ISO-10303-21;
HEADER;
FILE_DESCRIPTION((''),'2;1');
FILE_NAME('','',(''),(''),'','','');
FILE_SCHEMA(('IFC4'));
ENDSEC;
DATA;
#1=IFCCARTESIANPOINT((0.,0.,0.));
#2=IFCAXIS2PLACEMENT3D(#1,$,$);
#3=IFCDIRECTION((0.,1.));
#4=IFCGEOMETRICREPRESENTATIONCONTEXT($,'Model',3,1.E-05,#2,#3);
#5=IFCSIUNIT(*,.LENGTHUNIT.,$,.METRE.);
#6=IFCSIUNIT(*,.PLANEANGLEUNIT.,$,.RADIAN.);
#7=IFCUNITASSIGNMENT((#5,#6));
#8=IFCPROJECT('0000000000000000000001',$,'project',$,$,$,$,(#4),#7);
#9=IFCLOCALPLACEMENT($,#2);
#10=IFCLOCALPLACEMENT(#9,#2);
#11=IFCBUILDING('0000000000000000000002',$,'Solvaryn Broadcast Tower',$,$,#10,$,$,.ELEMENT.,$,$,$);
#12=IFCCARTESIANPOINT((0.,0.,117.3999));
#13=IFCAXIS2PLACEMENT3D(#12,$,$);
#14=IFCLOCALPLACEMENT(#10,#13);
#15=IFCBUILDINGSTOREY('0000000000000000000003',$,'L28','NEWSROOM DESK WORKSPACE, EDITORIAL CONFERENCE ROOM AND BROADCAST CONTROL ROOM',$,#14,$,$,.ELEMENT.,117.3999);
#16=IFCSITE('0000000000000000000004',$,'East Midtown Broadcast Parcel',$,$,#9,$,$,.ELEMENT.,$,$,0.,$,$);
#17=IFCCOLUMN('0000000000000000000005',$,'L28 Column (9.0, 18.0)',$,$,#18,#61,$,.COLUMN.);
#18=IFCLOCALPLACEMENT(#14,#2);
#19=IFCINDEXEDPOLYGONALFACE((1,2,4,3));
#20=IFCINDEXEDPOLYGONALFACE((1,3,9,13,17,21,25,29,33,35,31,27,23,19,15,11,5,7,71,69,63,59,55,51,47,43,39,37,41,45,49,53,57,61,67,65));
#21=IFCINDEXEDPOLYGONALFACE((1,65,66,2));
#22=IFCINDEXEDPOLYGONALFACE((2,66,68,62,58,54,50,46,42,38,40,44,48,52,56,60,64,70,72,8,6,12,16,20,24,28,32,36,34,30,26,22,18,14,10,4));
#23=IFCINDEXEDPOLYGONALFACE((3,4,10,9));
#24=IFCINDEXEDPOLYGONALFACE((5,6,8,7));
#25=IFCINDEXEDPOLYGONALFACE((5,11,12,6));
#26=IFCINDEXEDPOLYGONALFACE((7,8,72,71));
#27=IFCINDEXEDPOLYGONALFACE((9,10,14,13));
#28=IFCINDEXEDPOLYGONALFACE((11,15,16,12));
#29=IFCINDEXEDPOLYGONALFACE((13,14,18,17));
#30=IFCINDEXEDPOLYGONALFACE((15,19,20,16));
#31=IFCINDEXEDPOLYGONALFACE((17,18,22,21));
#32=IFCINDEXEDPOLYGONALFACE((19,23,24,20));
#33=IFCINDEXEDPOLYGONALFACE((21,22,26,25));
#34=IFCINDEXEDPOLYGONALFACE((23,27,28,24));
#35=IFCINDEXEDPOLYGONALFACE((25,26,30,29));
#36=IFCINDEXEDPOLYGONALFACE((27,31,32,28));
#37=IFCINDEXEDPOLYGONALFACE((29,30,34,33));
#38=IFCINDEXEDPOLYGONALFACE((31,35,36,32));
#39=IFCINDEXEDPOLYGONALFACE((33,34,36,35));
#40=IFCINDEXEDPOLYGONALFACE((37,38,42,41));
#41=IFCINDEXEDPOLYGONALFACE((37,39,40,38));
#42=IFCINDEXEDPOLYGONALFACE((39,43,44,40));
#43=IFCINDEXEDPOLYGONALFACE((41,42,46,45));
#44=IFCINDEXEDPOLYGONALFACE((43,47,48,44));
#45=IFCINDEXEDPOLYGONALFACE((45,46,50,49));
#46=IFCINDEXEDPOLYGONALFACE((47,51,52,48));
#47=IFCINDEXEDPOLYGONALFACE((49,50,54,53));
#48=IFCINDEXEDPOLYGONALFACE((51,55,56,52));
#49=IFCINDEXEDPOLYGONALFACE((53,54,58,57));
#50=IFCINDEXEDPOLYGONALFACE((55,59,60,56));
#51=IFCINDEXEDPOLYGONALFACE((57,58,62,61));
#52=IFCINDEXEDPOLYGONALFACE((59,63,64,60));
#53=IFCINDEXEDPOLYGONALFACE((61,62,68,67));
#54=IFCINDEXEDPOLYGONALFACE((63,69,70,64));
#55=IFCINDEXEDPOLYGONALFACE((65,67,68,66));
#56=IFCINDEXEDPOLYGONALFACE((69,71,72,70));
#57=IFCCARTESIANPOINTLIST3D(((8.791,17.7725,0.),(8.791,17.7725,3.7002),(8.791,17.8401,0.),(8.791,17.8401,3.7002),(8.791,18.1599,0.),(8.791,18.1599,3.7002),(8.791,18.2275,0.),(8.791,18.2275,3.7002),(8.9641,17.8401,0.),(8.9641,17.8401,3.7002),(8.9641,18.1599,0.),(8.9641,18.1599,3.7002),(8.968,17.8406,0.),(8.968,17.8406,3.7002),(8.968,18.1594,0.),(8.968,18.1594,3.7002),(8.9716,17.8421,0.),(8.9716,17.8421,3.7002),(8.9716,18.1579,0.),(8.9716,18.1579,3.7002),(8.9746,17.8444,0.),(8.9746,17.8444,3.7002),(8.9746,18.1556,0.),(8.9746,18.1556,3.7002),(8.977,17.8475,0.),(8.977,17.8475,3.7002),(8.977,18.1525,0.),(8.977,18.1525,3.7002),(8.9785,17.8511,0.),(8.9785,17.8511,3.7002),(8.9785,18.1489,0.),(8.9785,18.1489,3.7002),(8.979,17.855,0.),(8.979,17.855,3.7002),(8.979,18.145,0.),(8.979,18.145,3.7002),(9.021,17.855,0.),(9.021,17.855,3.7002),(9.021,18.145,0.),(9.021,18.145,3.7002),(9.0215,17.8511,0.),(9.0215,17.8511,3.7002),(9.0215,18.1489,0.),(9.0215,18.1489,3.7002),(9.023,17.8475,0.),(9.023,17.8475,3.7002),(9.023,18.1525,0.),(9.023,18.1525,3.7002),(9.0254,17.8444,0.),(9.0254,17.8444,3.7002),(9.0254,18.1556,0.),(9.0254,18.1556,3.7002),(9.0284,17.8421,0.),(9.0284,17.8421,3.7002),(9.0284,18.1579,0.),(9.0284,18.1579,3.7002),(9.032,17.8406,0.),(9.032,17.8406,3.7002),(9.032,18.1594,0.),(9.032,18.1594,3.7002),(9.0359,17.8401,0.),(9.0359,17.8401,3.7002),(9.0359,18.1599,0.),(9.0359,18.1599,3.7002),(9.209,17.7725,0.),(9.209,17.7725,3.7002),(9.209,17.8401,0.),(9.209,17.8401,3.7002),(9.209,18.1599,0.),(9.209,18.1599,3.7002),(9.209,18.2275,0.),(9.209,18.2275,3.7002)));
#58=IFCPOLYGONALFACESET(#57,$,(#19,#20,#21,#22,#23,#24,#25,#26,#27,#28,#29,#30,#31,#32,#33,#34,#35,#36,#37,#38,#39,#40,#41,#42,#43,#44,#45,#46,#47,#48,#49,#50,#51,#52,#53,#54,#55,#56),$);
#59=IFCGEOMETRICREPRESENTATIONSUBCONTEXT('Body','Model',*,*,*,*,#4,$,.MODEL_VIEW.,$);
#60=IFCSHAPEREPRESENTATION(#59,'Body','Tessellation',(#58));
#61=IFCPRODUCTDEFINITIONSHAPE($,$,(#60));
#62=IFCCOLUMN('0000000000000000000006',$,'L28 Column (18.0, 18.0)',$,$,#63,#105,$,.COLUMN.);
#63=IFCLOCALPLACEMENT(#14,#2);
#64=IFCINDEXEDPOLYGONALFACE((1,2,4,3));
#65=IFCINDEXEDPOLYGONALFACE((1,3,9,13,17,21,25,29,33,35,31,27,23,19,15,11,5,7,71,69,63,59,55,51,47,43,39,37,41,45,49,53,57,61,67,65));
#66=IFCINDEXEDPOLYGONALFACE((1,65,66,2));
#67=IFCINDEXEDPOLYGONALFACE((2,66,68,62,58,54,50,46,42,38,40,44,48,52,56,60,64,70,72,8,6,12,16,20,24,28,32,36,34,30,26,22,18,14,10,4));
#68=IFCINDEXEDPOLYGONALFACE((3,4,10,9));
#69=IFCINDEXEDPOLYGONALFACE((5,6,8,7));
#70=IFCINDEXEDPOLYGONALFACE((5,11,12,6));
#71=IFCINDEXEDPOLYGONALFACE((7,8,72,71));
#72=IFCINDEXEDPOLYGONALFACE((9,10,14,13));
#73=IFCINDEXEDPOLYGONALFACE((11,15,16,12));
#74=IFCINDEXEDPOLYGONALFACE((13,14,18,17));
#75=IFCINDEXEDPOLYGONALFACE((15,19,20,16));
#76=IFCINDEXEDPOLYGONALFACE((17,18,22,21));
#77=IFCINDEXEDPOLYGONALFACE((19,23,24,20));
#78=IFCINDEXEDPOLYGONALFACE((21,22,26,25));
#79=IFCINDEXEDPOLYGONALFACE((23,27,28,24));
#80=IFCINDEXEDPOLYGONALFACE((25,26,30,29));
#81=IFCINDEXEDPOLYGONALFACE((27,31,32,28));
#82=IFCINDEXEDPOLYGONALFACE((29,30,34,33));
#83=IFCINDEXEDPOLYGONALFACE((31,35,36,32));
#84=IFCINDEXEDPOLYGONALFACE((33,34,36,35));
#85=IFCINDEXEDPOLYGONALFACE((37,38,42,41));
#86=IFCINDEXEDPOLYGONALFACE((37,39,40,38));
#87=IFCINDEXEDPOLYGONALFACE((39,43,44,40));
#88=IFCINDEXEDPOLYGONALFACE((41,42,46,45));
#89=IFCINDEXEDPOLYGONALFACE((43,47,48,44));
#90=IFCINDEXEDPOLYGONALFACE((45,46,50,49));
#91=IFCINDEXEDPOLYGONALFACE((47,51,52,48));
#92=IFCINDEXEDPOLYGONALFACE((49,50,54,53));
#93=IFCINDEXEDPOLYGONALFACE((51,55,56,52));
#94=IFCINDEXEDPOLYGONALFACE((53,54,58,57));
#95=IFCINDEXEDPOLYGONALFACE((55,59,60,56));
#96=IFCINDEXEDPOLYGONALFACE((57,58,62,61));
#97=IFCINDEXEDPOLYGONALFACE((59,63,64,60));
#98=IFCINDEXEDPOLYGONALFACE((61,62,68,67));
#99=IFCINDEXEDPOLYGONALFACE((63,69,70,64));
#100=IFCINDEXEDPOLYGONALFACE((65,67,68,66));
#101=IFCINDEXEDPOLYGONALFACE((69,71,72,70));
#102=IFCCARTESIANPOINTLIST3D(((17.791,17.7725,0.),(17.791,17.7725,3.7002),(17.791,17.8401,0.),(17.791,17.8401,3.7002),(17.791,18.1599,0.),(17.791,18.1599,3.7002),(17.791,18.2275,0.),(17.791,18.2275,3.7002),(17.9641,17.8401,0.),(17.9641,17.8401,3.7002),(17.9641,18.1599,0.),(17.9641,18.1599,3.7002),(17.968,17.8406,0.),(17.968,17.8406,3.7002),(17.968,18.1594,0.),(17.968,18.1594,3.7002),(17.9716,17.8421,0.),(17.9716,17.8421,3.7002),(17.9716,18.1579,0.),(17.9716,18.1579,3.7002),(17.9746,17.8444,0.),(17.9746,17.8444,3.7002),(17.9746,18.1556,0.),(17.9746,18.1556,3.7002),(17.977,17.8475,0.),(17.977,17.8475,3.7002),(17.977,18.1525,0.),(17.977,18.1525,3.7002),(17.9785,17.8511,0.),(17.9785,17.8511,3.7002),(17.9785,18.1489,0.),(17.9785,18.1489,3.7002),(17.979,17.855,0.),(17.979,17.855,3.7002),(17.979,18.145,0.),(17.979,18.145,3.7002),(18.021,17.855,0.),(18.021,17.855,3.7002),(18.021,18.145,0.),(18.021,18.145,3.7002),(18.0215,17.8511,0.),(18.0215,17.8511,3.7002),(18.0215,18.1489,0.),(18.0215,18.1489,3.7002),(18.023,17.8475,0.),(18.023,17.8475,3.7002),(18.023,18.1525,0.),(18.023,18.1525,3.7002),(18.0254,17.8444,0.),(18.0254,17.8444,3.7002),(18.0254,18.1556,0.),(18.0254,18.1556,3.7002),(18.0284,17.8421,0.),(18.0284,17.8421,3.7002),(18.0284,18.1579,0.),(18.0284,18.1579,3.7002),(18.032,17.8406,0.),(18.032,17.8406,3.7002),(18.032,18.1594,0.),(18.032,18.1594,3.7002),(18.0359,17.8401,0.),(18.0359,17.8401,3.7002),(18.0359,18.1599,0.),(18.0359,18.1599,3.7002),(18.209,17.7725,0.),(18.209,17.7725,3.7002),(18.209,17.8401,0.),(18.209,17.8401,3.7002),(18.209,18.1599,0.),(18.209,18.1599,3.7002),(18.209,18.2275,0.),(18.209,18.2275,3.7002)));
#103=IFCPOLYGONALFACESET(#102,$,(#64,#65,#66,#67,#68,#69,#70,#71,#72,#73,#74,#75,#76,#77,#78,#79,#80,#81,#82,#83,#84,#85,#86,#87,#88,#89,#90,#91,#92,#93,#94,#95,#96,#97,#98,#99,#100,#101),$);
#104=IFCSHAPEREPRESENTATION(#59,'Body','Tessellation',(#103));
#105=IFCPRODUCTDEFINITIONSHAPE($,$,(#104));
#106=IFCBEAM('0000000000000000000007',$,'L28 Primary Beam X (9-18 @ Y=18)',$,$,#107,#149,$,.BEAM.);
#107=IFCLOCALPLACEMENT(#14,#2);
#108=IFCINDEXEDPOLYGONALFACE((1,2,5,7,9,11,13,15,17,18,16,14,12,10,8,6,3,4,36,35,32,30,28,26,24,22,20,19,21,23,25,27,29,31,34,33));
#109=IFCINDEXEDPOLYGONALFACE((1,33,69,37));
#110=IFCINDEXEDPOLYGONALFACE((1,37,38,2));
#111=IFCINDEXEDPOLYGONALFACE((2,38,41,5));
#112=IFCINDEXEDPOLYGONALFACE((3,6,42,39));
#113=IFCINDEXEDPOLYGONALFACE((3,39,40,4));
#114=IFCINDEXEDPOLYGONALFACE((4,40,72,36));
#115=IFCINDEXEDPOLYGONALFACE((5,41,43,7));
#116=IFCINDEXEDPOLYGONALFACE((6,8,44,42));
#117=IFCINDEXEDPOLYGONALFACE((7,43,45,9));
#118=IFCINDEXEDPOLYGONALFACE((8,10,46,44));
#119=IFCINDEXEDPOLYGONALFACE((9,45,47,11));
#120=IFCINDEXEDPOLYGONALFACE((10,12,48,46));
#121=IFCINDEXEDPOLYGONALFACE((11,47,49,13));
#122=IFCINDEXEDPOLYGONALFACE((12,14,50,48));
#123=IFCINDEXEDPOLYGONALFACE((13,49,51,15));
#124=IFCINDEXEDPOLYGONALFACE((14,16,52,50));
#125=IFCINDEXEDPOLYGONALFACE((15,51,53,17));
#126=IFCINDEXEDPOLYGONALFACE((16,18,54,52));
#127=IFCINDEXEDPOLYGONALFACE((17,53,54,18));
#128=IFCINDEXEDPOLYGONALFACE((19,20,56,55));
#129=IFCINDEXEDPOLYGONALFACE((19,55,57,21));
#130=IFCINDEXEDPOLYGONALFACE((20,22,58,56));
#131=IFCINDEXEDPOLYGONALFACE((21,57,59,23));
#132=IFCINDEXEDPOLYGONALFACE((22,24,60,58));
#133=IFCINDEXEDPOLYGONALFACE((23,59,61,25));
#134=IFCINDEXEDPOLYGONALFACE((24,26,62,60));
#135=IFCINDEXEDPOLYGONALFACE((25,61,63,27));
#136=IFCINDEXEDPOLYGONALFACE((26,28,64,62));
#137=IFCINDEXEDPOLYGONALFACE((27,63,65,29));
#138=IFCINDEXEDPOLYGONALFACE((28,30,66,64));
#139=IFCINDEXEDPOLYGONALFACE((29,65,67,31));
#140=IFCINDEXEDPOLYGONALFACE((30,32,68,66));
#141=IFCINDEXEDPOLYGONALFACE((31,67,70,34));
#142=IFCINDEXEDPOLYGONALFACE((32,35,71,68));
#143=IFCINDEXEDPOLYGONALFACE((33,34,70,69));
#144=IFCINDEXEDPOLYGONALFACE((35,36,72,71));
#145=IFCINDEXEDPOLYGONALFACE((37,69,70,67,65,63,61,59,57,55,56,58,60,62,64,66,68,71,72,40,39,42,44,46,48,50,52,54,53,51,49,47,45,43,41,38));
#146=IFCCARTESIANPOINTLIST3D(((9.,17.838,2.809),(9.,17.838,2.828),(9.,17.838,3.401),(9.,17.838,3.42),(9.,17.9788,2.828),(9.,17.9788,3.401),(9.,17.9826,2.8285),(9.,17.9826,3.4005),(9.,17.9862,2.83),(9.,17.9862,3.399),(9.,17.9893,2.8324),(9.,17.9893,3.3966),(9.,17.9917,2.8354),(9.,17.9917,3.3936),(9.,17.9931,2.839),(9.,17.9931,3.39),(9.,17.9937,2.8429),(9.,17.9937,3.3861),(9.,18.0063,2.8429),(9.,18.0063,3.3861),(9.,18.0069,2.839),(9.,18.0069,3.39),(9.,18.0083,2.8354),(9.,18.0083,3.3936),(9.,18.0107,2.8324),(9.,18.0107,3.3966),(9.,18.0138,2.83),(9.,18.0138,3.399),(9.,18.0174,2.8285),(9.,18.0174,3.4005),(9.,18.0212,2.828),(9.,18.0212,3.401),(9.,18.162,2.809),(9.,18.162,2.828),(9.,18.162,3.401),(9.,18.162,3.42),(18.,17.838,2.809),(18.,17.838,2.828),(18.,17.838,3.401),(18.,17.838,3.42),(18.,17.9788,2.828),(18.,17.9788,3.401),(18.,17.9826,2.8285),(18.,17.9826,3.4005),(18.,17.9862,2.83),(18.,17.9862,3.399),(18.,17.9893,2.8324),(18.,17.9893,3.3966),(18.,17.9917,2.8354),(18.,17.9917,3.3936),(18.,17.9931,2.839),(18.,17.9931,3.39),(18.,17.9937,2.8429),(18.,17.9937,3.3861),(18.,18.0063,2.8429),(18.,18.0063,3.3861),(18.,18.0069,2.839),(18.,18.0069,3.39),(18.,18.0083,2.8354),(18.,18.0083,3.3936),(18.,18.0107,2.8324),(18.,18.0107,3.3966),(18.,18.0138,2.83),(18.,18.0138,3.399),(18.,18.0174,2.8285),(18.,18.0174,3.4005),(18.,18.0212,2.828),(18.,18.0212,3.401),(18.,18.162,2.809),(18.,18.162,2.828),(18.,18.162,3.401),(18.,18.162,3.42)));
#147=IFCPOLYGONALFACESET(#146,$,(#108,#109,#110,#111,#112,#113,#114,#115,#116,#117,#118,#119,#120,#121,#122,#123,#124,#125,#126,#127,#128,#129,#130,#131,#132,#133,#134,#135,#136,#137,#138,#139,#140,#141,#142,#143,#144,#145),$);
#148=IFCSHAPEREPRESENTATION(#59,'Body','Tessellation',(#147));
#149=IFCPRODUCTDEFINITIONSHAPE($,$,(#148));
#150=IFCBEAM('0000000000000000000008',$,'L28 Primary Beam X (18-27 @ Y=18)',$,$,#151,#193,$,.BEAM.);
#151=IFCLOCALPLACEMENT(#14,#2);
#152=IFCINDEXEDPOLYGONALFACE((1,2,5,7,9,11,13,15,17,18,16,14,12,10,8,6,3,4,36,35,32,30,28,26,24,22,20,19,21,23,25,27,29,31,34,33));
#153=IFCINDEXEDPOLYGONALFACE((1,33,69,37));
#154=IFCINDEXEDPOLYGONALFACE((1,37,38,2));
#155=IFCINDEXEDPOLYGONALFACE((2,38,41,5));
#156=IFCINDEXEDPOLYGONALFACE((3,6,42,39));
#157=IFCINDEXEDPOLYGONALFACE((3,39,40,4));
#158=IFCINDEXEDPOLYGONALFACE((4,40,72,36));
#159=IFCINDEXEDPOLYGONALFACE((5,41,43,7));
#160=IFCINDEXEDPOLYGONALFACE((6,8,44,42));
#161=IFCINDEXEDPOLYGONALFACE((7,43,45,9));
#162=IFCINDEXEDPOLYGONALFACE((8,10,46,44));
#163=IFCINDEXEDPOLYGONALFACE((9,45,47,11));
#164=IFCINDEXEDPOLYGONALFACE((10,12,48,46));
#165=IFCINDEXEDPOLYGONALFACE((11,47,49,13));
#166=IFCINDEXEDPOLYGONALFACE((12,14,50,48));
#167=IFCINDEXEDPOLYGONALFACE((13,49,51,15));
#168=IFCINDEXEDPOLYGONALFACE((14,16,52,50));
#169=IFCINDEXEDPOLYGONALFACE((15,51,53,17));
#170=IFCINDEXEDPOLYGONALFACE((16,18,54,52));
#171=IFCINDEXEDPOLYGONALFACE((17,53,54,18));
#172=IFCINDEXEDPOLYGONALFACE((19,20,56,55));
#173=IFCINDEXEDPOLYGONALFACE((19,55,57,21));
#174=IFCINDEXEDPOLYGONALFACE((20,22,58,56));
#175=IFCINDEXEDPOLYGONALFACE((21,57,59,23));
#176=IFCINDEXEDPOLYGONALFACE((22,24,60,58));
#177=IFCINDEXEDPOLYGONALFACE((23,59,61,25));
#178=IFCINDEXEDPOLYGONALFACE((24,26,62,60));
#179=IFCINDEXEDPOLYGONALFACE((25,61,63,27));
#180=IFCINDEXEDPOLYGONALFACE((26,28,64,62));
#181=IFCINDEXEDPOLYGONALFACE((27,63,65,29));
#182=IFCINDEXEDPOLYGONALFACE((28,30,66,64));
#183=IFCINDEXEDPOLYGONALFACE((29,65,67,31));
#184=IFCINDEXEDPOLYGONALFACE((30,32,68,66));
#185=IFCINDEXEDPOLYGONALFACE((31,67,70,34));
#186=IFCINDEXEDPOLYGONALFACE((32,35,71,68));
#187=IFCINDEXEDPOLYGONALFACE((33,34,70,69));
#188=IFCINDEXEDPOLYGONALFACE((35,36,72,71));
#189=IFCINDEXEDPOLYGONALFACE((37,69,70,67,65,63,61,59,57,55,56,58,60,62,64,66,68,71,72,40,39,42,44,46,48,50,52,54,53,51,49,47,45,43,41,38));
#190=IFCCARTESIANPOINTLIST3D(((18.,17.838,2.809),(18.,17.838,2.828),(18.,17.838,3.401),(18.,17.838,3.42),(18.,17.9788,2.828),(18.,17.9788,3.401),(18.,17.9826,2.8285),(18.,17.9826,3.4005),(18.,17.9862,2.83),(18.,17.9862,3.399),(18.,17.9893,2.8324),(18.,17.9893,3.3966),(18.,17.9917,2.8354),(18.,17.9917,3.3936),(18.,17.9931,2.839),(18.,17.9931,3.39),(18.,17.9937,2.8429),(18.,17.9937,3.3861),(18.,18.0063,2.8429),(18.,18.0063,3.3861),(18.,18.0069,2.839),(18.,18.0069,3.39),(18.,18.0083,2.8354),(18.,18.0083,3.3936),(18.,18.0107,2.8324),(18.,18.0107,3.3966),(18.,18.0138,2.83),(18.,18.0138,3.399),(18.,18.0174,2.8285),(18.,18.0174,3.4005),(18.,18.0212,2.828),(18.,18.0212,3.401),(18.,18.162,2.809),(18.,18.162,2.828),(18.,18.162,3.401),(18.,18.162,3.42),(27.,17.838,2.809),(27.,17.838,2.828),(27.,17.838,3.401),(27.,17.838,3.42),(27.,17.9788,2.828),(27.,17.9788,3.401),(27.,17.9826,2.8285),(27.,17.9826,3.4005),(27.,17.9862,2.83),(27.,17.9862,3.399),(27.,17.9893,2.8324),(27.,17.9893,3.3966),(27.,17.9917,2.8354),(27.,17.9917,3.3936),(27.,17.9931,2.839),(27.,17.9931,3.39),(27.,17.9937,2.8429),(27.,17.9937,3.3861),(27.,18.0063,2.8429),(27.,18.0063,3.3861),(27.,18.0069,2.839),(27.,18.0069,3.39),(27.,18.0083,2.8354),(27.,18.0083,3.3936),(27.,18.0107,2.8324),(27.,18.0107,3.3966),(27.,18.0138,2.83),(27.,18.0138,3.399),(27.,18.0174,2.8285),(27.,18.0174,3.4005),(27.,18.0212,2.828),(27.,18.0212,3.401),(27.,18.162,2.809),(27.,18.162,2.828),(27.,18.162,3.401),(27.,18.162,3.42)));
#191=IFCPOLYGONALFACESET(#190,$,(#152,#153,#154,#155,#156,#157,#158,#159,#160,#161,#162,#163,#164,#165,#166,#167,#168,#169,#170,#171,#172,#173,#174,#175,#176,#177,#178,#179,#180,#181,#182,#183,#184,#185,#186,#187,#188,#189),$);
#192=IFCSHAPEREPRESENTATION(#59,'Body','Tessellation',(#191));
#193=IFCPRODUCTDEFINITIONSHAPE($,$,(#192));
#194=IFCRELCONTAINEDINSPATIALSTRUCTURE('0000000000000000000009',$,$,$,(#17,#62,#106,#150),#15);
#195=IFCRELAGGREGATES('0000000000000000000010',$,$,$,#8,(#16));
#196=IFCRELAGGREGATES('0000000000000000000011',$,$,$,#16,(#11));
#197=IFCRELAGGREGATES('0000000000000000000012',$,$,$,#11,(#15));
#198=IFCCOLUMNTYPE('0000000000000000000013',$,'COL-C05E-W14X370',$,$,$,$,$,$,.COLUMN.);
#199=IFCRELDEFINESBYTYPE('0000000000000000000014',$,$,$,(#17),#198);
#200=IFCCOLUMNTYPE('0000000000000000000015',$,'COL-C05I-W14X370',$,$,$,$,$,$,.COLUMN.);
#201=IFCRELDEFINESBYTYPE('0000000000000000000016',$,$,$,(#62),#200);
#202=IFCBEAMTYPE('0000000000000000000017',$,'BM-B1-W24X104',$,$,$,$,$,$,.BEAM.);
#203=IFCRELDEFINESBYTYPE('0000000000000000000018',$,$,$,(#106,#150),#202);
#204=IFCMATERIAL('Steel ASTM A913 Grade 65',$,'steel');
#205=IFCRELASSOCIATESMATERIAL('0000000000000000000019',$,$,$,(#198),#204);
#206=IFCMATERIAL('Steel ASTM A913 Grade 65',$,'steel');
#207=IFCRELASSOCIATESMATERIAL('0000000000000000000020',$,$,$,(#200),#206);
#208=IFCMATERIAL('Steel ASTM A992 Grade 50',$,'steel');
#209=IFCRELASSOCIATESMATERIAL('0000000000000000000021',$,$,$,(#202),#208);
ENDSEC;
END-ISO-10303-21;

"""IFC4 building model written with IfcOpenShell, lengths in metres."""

from ifc_helpers import new_model, si_unit, direction, frame, origin, origin_2d, place, context, subcontext, project, spatial, i_section, extrude, material, material_profile, profile_set, type_object, element, save


model = new_model("IFC4")

# Units and contexts
model_context = context("Model", 3, precision=1e-05, world=origin(), true_north=direction((0.0, 1.0)))
body_context = subcontext(model_context, "Body", "Model", "MODEL_VIEW")
ifc_project = project(units=[si_unit("LENGTHUNIT", "METRE"), si_unit("PLANEANGLEUNIT", "RADIAN")], contexts=[model_context])

# Site, building, storey
site_placement = place(None, origin())
site = spatial("IfcSite", under=ifc_project, at=site_placement, Name="East Midtown Broadcast Parcel", CompositionType="ELEMENT", RefElevation=0.0)
building_placement = place(site_placement, origin())
building = spatial("IfcBuilding", under=site, at=building_placement, Name="Solvaryn Broadcast Tower", CompositionType="ELEMENT")
storey_placement = place(building_placement, frame((0.0, 0.0, 117.3999)))
storey = spatial("IfcBuildingStorey", under=building, at=storey_placement, Name="L28", Description="NEWSROOM DESK WORKSPACE, EDITORIAL CONFERENCE ROOM AND BROADCAST CONTROL ROOM", CompositionType="ELEMENT", Elevation=117.3999)

# Columns
ifc_material_1 = material(Name="Steel ASTM A913 Grade 65", Category="steel")
ifc_material_profile_1 = material_profile(ifc_material_1, i_section(OverallWidth=0.418, OverallDepth=0.4551, WebThickness=0.042, FlangeThickness=0.0676, FilletRadius=0.0149, at=origin_2d()))
ifc_profile_set_1 = profile_set([ifc_material_profile_1], Name="Steel ASTM A913 Grade 65")
column_type_1 = type_object("IfcColumnType", Name="COL-C05E-W14X370", PredefinedType="COLUMN", material=ifc_profile_set_1)
column_1_placement = place(storey_placement, frame((9.0, 18.0, 0.0), z_axis=(0.0, 0.0, 1.0), x_axis=(1.0, 0.0, 0.0)))
element("IfcColumn", 1, at=column_1_placement, inside=storey, type_object=column_type_1, Name="L28 Column (9.0, 18.0)", PredefinedType="COLUMN", context=body_context, shape_type="SweptSolid", body=[
    extrude(i_section(OverallWidth=0.418, OverallDepth=0.4551, WebThickness=0.042, FlangeThickness=0.0676, FilletRadius=0.0149, at=origin_2d()), origin(), (0.0, 0.0, 1.0), 3.7002),
])
ifc_material_2 = material(Name="Steel ASTM A913 Grade 65", Category="steel")
ifc_material_profile_2 = material_profile(ifc_material_2, i_section(OverallWidth=0.418, OverallDepth=0.4551, WebThickness=0.042, FlangeThickness=0.0676, FilletRadius=0.0149, at=origin_2d()))
ifc_profile_set_2 = profile_set([ifc_material_profile_2], Name="Steel ASTM A913 Grade 65")
column_type_2 = type_object("IfcColumnType", Name="COL-C05I-W14X370", PredefinedType="COLUMN", material=ifc_profile_set_2)
column_2_placement = place(storey_placement, frame((18.0, 18.0, 0.0), z_axis=(0.0, 0.0, 1.0), x_axis=(1.0, 0.0, 0.0)))
element("IfcColumn", 2, at=column_2_placement, inside=storey, type_object=column_type_2, Name="L28 Column (18.0, 18.0)", PredefinedType="COLUMN", context=body_context, shape_type="SweptSolid", body=[
    extrude(i_section(OverallWidth=0.418, OverallDepth=0.4551, WebThickness=0.042, FlangeThickness=0.0676, FilletRadius=0.0149, at=origin_2d()), origin(), (0.0, 0.0, 1.0), 3.7002),
])

# Beams
ifc_material_3 = material(Name="Steel ASTM A992 Grade 50", Category="steel")
ifc_material_profile_3 = material_profile(ifc_material_3, i_section(OverallWidth=0.324, OverallDepth=0.6111, WebThickness=0.0127, FlangeThickness=0.019, FilletRadius=0.0149, at=origin_2d()))
ifc_profile_set_3 = profile_set([ifc_material_profile_3], Name="Steel ASTM A992 Grade 50")
beam_type_1 = type_object("IfcBeamType", Name="BM-B1-W24X104", PredefinedType="BEAM", material=ifc_profile_set_3)
for number, where, z_axis, x_axis, name in (
    (3, (9.0, 18.0, 3.1145), (1.0, 0.0, 0.0), (0.0, 1.0, 0.0), "L28 Primary Beam X (9-18 @ Y=18)"),
    (4, (18.0, 18.0, 3.1145), (1.0, 0.0, 0.0), (0.0, 1.0, 0.0), "L28 Primary Beam X (18-27 @ Y=18)"),
):
    element("IfcBeam", number, at=place(storey_placement, frame(where, z_axis=z_axis, x_axis=x_axis)), inside=storey, type_object=beam_type_1, Name=name, PredefinedType="BEAM", context=body_context, shape_type="SweptSolid", body=[
        extrude(i_section(OverallWidth=0.324, OverallDepth=0.6111, WebThickness=0.0127, FlangeThickness=0.019, FilletRadius=0.0149, at=origin_2d()), origin(), (0.0, 0.0, 1.0), 9.0),
    ])

save(model, "model.ifc")
